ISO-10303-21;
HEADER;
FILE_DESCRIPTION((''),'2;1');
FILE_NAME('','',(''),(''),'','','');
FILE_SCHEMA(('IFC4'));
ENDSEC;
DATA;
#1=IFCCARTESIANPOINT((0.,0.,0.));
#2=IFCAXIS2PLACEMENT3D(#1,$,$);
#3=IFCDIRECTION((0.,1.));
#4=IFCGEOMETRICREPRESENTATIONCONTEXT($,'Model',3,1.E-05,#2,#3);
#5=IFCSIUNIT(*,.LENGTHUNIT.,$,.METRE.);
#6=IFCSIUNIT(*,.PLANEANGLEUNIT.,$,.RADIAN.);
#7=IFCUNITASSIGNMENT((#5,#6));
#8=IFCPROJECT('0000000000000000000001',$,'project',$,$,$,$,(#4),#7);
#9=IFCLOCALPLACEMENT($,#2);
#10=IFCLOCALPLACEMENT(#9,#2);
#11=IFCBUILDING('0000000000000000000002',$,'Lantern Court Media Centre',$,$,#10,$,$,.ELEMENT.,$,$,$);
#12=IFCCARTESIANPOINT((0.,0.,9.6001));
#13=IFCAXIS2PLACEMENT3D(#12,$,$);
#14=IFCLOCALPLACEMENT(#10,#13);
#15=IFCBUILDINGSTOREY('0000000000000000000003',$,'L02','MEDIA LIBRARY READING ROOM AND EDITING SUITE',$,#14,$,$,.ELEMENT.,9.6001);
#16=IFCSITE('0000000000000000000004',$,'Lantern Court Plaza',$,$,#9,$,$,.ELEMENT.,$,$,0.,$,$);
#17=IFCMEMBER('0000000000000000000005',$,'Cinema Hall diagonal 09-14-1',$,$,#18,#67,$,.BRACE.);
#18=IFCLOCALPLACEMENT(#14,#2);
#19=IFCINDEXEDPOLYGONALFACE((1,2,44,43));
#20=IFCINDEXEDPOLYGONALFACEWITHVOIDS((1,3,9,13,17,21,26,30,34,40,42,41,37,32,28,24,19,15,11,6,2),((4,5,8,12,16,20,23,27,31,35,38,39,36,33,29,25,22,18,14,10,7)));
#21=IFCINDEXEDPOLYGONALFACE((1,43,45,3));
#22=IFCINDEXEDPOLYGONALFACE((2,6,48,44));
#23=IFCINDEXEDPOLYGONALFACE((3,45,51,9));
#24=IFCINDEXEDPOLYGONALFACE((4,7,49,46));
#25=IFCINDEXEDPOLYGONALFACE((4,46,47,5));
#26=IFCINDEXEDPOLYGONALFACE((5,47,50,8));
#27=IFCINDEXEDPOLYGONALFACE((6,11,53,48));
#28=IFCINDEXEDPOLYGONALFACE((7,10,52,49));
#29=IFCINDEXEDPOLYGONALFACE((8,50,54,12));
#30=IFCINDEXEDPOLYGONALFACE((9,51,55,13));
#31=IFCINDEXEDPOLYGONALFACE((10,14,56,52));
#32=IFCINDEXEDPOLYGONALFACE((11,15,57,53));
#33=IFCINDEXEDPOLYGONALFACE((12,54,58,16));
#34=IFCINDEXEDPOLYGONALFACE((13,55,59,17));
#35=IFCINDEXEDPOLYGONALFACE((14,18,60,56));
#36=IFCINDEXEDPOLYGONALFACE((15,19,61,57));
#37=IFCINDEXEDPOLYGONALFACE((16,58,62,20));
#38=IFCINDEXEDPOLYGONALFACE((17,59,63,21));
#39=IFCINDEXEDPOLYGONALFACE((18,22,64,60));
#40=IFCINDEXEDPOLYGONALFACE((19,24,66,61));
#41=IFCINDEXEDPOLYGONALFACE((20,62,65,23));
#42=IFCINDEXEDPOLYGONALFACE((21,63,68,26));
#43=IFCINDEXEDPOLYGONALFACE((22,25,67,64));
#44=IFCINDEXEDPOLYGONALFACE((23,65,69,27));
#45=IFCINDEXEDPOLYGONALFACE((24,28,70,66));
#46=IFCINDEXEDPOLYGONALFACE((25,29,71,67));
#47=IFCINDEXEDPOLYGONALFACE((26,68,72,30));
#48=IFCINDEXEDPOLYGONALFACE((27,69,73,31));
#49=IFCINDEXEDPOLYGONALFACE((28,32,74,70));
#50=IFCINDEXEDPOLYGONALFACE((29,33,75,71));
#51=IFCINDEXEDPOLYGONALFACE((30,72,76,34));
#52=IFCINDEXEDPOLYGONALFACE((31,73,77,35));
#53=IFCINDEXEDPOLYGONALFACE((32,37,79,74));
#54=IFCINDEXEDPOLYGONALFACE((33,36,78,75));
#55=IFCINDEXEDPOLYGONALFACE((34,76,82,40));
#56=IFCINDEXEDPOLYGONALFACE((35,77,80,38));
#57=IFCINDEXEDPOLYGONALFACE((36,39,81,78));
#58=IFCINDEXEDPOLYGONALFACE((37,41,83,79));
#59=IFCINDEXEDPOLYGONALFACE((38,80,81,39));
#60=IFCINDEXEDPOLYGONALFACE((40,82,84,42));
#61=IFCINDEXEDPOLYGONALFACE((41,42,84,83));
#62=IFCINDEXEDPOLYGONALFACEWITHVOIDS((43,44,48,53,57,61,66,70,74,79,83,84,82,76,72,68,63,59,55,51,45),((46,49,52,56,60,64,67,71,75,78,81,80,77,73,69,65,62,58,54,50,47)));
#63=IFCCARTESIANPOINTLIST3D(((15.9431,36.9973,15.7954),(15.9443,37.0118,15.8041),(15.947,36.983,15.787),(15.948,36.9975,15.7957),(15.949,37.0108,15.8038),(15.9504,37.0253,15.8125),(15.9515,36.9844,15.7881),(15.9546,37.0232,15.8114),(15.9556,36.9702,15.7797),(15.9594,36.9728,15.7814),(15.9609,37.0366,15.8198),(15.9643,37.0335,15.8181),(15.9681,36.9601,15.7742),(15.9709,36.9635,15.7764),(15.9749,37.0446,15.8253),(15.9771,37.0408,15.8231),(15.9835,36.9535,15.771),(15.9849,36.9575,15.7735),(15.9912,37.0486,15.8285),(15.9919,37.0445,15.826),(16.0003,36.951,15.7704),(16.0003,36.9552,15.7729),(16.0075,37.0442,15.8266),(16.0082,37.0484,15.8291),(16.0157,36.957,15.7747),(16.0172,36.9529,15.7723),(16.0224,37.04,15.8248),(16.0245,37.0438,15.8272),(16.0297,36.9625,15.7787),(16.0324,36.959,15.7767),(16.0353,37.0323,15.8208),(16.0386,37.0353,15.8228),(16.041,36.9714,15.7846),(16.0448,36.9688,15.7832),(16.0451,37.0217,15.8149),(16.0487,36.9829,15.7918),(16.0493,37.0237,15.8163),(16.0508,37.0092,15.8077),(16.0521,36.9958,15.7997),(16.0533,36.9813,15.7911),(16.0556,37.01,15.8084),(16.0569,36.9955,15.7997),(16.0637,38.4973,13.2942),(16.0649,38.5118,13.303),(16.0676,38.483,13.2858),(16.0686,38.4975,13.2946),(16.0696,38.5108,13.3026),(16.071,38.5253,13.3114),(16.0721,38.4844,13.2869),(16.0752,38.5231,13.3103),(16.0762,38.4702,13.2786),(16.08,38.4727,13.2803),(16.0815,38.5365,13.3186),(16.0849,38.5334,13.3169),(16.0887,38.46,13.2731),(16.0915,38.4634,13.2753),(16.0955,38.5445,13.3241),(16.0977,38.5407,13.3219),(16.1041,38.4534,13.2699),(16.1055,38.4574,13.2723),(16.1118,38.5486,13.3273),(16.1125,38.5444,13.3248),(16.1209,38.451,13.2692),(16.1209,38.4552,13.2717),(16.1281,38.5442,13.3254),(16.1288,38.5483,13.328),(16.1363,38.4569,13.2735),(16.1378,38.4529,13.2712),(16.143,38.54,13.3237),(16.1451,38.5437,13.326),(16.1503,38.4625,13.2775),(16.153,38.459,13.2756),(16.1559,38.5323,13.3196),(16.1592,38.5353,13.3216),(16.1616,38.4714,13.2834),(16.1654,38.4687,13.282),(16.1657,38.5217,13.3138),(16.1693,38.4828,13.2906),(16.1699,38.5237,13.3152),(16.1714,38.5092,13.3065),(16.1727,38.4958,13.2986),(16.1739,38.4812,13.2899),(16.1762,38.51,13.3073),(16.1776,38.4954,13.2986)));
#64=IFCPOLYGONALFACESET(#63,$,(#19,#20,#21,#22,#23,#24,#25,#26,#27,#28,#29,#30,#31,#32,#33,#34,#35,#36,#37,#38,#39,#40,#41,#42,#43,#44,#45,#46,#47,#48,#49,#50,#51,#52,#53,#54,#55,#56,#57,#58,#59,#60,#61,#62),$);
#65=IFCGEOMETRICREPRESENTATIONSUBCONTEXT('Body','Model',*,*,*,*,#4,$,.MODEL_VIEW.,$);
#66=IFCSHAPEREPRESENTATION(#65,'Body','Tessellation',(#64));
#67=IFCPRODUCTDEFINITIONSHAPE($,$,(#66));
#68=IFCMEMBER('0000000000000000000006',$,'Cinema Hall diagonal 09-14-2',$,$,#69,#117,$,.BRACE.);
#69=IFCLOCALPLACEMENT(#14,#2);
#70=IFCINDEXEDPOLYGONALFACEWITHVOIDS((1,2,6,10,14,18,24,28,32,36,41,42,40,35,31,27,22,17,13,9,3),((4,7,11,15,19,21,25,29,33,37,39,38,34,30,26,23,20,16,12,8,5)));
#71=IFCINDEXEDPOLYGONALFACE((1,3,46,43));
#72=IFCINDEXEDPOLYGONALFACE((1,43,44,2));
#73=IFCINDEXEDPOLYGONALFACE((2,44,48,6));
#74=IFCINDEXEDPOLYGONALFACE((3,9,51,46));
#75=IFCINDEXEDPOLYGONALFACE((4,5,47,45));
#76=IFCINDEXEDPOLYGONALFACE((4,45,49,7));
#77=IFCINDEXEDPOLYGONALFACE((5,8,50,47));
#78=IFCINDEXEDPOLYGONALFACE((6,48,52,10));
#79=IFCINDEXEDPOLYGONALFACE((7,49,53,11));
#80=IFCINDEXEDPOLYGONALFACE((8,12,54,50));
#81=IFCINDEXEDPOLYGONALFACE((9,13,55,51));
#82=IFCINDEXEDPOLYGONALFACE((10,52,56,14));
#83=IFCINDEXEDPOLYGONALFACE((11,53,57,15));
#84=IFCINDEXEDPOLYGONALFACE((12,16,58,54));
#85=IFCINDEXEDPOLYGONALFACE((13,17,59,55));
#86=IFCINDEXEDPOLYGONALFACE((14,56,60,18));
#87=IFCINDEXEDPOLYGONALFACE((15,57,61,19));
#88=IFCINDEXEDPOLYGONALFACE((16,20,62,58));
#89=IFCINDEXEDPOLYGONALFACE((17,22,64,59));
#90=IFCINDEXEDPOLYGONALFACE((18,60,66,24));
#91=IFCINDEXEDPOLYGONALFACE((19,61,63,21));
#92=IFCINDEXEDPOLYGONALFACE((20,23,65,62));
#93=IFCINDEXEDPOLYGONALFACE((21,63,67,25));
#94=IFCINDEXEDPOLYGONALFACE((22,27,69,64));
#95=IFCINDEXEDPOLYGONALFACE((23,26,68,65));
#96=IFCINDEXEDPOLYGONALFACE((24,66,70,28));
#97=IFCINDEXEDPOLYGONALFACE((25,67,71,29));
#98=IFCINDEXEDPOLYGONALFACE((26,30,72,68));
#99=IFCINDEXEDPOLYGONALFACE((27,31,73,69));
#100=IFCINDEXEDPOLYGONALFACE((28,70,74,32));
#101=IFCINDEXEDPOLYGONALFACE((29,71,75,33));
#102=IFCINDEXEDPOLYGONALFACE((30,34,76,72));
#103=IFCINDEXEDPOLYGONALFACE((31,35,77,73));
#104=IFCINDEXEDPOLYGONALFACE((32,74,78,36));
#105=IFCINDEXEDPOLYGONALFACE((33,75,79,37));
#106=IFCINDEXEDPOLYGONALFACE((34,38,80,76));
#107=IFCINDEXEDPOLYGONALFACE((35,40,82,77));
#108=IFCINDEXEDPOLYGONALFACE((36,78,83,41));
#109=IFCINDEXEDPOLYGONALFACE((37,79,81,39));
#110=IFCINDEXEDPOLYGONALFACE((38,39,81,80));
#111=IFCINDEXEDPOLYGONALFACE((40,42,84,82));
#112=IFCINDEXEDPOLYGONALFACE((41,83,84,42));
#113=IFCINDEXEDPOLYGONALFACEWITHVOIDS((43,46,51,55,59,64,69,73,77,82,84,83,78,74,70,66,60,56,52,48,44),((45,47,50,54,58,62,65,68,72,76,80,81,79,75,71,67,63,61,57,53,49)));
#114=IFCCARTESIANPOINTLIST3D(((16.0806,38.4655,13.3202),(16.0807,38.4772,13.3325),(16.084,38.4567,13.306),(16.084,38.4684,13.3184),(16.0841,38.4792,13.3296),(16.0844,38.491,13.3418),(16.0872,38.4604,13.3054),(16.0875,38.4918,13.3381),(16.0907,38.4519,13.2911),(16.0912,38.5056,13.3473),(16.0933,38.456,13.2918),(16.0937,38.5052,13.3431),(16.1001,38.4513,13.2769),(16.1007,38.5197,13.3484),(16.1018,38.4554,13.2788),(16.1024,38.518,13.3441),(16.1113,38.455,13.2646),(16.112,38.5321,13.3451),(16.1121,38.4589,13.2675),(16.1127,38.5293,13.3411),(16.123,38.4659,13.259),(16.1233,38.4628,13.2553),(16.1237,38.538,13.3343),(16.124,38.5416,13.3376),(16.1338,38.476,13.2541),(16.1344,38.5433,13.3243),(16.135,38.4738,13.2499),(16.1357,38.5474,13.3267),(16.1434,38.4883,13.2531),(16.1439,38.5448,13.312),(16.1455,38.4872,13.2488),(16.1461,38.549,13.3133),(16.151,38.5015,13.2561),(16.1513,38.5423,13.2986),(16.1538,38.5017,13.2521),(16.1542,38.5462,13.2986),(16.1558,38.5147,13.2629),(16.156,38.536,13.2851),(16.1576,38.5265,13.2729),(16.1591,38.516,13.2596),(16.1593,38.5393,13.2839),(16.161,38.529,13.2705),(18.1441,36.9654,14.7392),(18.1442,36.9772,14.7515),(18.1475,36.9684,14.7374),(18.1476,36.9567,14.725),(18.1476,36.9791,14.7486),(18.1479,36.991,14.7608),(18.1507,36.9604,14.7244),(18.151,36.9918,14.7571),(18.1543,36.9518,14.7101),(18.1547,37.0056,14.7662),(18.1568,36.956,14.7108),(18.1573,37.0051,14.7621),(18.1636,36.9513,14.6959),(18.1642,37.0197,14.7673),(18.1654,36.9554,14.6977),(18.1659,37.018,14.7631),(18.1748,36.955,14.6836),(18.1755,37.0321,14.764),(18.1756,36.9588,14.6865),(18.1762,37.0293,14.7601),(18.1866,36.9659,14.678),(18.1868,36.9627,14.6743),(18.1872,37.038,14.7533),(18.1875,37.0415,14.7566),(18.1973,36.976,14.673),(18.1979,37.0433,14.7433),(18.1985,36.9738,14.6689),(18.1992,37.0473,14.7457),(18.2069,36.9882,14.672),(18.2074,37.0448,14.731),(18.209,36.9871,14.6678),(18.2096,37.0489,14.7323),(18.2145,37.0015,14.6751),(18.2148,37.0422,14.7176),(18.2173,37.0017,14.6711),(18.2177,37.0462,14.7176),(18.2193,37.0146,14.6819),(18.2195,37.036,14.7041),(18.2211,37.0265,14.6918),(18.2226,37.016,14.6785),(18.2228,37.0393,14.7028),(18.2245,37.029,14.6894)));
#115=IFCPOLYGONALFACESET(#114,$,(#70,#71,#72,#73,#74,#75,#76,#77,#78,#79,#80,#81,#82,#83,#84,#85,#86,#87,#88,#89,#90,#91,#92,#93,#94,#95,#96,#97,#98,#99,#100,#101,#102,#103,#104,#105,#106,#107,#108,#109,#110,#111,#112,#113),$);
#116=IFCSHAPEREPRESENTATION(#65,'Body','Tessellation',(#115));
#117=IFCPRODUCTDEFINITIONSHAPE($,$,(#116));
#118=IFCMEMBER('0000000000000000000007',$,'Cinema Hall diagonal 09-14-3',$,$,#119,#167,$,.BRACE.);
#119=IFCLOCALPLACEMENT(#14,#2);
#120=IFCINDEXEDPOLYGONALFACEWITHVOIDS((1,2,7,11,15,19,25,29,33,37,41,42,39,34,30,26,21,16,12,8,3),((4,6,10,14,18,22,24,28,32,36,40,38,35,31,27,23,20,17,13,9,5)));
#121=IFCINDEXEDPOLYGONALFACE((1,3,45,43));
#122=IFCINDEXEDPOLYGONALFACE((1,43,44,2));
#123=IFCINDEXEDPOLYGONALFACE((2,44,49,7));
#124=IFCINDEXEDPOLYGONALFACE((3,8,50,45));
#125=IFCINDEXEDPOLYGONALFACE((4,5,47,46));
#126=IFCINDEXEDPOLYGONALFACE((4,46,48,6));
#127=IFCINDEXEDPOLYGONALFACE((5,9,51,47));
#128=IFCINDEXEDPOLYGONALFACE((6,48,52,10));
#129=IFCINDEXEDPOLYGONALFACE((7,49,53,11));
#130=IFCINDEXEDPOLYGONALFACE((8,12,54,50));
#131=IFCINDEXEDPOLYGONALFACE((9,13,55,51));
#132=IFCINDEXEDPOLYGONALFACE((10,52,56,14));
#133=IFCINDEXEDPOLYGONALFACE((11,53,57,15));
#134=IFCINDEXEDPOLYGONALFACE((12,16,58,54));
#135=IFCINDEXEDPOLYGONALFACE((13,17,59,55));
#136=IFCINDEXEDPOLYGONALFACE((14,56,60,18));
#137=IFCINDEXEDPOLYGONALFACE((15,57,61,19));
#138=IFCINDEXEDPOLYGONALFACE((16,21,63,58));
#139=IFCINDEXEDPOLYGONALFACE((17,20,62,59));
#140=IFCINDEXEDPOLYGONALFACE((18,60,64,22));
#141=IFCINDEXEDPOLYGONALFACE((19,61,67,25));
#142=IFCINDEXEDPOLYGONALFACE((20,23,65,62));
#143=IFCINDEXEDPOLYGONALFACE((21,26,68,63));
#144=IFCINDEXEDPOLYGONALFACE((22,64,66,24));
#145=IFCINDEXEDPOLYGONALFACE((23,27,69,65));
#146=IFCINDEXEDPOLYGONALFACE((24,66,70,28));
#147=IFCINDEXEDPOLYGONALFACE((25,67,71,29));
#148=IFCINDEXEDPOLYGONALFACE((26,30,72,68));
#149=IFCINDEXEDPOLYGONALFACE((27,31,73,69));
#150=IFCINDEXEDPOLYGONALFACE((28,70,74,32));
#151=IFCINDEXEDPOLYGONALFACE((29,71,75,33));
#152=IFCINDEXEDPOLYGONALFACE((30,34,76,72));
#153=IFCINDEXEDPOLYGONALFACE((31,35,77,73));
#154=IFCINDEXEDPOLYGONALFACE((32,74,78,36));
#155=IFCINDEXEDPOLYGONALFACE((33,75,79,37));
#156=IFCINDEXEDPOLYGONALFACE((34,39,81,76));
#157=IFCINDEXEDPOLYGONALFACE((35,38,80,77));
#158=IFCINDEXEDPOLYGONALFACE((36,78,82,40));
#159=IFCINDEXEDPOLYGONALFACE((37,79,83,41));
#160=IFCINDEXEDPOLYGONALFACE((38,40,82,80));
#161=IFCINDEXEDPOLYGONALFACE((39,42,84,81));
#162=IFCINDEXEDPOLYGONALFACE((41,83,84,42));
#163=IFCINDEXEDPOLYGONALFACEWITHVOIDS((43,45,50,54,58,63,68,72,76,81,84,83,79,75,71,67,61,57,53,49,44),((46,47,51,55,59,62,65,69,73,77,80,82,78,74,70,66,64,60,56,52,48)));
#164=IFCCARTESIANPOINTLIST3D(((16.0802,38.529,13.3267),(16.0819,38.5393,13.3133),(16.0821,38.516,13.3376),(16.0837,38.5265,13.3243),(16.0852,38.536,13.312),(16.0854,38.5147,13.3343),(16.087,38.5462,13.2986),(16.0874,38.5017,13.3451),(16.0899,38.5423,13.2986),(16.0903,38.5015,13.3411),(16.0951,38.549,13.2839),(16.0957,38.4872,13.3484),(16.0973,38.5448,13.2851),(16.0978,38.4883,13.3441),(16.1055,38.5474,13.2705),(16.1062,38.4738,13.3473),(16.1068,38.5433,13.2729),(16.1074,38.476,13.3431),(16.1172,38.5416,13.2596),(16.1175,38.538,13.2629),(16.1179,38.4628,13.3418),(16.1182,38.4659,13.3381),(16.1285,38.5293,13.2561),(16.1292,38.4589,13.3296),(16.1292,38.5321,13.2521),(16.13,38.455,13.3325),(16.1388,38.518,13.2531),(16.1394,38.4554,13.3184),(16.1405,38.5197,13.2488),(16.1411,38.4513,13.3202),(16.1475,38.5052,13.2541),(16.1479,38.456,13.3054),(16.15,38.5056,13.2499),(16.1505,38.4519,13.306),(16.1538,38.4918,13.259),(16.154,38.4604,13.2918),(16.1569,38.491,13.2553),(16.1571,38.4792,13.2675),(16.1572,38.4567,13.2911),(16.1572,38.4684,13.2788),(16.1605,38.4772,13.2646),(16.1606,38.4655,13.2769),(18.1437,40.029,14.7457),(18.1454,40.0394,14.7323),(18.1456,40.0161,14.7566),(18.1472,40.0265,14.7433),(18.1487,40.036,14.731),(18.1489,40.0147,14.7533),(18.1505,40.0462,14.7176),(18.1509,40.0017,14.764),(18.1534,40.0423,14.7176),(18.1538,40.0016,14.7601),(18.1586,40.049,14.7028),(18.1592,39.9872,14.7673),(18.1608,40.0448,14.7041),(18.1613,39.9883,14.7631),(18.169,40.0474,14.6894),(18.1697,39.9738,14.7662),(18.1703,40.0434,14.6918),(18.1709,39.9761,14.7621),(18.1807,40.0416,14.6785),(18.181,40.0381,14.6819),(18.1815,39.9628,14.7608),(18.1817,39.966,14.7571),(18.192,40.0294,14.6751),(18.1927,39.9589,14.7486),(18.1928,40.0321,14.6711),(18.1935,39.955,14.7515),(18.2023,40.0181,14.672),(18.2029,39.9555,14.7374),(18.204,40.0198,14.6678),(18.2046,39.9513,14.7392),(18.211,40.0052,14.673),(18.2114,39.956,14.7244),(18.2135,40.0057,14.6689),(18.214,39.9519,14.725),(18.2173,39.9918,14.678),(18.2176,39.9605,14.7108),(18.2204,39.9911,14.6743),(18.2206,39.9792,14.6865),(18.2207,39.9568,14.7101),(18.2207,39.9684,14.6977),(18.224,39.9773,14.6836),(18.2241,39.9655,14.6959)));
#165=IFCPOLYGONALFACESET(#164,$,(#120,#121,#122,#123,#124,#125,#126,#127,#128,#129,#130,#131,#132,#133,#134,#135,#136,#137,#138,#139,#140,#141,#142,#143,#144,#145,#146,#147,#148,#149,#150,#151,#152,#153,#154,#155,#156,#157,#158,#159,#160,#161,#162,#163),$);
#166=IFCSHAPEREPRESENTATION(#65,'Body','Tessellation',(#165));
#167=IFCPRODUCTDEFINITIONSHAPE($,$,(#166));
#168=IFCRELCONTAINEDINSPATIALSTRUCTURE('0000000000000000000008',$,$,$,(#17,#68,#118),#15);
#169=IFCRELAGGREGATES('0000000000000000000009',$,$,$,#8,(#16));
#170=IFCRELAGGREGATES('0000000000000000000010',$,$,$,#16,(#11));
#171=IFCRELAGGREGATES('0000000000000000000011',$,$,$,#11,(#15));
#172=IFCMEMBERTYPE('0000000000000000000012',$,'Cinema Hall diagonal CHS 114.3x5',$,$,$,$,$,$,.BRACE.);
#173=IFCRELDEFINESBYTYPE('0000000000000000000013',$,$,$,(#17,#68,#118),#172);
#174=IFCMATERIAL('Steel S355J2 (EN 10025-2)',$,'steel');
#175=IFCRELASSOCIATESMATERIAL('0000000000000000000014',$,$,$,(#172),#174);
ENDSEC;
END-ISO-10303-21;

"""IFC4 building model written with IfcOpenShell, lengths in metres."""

from ifc_helpers import new_model, si_unit, direction, frame, origin, origin_2d, place, context, subcontext, project, spatial, hollow_circle, extrude, material, material_profile, profile_set, type_object, element, save


model = new_model("IFC4")

# Units and contexts
model_context = context("Model", 3, precision=1e-05, world=origin(), true_north=direction((0.0, 1.0)))
body_context = subcontext(model_context, "Body", "Model", "MODEL_VIEW")
ifc_project = project(units=[si_unit("LENGTHUNIT", "METRE"), si_unit("PLANEANGLEUNIT", "RADIAN")], contexts=[model_context])

# Site, building, storey
site_placement = place(None, origin())
site = spatial("IfcSite", under=ifc_project, at=site_placement, Name="Lantern Court Plaza", CompositionType="ELEMENT", RefElevation=0.0)
building_placement = place(site_placement, origin())
building = spatial("IfcBuilding", under=site, at=building_placement, Name="Lantern Court Media Centre", CompositionType="ELEMENT")
storey_placement = place(building_placement, frame((0.0, 0.0, 9.6001)))
storey = spatial("IfcBuildingStorey", under=building, at=storey_placement, Name="L02", Description="MEDIA LIBRARY READING ROOM AND EDITING SUITE", CompositionType="ELEMENT", Elevation=9.6001)

# Members
ifc_material = material(Name="Steel S355J2 (EN 10025-2)", Category="steel")
ifc_material_profile_1 = material_profile(ifc_material, hollow_circle(Radius=0.0571, WallThickness=0.0049, at=origin_2d()), Name="Cinema Hall diagonal CHS 114.3x5")
ifc_profile_set_1 = profile_set([ifc_material_profile_1], Name="Steel S355J2 (EN 10025-2)")
member_type_1 = type_object("IfcMemberType", Name="Cinema Hall diagonal CHS 114.3x5", PredefinedType="BRACE", material=ifc_profile_set_1)
member_1_placement = place(storey_placement, frame((16.1206, 38.5, 13.2986), z_axis=(-0.041317, -0.513872, 0.856871), x_axis=(0.996783, -0.080145, 0.0)))
element("IfcMember", 1, at=member_1_placement, inside=storey, type_object=member_type_1, Name="Cinema Hall diagonal 09-14-1", PredefinedType="BRACE", context=body_context, shape_type="SweptSolid", body=[
    extrude(hollow_circle(Radius=0.0571, WallThickness=0.0049, at=origin_2d()), origin(), (0.0, 0.0, 1.0), 2.9189),
])
for number, where, z_axis, x_axis, name in (
    (2, (16.1206, 38.5, 13.2986), (0.70688, -0.513851, 0.486084), (0.58799, 0.808868, 0.0), "Cinema Hall diagonal 09-14-2"),
    (3, (16.1206, 38.5, 13.2986), (0.70688, 0.513851, 0.486084), (-0.58799, 0.808868, 0.0), "Cinema Hall diagonal 09-14-3"),
):
    element("IfcMember", number, at=place(storey_placement, frame(where, z_axis=z_axis, x_axis=x_axis)), inside=storey, type_object=member_type_1, Name=name, PredefinedType="BRACE", context=body_context, shape_type="SweptSolid", body=[
        extrude(hollow_circle(Radius=0.0571, WallThickness=0.0049, at=origin_2d()), origin(), (0.0, 0.0, 1.0), 2.9192),
    ])

save(model, "model.ifc")
